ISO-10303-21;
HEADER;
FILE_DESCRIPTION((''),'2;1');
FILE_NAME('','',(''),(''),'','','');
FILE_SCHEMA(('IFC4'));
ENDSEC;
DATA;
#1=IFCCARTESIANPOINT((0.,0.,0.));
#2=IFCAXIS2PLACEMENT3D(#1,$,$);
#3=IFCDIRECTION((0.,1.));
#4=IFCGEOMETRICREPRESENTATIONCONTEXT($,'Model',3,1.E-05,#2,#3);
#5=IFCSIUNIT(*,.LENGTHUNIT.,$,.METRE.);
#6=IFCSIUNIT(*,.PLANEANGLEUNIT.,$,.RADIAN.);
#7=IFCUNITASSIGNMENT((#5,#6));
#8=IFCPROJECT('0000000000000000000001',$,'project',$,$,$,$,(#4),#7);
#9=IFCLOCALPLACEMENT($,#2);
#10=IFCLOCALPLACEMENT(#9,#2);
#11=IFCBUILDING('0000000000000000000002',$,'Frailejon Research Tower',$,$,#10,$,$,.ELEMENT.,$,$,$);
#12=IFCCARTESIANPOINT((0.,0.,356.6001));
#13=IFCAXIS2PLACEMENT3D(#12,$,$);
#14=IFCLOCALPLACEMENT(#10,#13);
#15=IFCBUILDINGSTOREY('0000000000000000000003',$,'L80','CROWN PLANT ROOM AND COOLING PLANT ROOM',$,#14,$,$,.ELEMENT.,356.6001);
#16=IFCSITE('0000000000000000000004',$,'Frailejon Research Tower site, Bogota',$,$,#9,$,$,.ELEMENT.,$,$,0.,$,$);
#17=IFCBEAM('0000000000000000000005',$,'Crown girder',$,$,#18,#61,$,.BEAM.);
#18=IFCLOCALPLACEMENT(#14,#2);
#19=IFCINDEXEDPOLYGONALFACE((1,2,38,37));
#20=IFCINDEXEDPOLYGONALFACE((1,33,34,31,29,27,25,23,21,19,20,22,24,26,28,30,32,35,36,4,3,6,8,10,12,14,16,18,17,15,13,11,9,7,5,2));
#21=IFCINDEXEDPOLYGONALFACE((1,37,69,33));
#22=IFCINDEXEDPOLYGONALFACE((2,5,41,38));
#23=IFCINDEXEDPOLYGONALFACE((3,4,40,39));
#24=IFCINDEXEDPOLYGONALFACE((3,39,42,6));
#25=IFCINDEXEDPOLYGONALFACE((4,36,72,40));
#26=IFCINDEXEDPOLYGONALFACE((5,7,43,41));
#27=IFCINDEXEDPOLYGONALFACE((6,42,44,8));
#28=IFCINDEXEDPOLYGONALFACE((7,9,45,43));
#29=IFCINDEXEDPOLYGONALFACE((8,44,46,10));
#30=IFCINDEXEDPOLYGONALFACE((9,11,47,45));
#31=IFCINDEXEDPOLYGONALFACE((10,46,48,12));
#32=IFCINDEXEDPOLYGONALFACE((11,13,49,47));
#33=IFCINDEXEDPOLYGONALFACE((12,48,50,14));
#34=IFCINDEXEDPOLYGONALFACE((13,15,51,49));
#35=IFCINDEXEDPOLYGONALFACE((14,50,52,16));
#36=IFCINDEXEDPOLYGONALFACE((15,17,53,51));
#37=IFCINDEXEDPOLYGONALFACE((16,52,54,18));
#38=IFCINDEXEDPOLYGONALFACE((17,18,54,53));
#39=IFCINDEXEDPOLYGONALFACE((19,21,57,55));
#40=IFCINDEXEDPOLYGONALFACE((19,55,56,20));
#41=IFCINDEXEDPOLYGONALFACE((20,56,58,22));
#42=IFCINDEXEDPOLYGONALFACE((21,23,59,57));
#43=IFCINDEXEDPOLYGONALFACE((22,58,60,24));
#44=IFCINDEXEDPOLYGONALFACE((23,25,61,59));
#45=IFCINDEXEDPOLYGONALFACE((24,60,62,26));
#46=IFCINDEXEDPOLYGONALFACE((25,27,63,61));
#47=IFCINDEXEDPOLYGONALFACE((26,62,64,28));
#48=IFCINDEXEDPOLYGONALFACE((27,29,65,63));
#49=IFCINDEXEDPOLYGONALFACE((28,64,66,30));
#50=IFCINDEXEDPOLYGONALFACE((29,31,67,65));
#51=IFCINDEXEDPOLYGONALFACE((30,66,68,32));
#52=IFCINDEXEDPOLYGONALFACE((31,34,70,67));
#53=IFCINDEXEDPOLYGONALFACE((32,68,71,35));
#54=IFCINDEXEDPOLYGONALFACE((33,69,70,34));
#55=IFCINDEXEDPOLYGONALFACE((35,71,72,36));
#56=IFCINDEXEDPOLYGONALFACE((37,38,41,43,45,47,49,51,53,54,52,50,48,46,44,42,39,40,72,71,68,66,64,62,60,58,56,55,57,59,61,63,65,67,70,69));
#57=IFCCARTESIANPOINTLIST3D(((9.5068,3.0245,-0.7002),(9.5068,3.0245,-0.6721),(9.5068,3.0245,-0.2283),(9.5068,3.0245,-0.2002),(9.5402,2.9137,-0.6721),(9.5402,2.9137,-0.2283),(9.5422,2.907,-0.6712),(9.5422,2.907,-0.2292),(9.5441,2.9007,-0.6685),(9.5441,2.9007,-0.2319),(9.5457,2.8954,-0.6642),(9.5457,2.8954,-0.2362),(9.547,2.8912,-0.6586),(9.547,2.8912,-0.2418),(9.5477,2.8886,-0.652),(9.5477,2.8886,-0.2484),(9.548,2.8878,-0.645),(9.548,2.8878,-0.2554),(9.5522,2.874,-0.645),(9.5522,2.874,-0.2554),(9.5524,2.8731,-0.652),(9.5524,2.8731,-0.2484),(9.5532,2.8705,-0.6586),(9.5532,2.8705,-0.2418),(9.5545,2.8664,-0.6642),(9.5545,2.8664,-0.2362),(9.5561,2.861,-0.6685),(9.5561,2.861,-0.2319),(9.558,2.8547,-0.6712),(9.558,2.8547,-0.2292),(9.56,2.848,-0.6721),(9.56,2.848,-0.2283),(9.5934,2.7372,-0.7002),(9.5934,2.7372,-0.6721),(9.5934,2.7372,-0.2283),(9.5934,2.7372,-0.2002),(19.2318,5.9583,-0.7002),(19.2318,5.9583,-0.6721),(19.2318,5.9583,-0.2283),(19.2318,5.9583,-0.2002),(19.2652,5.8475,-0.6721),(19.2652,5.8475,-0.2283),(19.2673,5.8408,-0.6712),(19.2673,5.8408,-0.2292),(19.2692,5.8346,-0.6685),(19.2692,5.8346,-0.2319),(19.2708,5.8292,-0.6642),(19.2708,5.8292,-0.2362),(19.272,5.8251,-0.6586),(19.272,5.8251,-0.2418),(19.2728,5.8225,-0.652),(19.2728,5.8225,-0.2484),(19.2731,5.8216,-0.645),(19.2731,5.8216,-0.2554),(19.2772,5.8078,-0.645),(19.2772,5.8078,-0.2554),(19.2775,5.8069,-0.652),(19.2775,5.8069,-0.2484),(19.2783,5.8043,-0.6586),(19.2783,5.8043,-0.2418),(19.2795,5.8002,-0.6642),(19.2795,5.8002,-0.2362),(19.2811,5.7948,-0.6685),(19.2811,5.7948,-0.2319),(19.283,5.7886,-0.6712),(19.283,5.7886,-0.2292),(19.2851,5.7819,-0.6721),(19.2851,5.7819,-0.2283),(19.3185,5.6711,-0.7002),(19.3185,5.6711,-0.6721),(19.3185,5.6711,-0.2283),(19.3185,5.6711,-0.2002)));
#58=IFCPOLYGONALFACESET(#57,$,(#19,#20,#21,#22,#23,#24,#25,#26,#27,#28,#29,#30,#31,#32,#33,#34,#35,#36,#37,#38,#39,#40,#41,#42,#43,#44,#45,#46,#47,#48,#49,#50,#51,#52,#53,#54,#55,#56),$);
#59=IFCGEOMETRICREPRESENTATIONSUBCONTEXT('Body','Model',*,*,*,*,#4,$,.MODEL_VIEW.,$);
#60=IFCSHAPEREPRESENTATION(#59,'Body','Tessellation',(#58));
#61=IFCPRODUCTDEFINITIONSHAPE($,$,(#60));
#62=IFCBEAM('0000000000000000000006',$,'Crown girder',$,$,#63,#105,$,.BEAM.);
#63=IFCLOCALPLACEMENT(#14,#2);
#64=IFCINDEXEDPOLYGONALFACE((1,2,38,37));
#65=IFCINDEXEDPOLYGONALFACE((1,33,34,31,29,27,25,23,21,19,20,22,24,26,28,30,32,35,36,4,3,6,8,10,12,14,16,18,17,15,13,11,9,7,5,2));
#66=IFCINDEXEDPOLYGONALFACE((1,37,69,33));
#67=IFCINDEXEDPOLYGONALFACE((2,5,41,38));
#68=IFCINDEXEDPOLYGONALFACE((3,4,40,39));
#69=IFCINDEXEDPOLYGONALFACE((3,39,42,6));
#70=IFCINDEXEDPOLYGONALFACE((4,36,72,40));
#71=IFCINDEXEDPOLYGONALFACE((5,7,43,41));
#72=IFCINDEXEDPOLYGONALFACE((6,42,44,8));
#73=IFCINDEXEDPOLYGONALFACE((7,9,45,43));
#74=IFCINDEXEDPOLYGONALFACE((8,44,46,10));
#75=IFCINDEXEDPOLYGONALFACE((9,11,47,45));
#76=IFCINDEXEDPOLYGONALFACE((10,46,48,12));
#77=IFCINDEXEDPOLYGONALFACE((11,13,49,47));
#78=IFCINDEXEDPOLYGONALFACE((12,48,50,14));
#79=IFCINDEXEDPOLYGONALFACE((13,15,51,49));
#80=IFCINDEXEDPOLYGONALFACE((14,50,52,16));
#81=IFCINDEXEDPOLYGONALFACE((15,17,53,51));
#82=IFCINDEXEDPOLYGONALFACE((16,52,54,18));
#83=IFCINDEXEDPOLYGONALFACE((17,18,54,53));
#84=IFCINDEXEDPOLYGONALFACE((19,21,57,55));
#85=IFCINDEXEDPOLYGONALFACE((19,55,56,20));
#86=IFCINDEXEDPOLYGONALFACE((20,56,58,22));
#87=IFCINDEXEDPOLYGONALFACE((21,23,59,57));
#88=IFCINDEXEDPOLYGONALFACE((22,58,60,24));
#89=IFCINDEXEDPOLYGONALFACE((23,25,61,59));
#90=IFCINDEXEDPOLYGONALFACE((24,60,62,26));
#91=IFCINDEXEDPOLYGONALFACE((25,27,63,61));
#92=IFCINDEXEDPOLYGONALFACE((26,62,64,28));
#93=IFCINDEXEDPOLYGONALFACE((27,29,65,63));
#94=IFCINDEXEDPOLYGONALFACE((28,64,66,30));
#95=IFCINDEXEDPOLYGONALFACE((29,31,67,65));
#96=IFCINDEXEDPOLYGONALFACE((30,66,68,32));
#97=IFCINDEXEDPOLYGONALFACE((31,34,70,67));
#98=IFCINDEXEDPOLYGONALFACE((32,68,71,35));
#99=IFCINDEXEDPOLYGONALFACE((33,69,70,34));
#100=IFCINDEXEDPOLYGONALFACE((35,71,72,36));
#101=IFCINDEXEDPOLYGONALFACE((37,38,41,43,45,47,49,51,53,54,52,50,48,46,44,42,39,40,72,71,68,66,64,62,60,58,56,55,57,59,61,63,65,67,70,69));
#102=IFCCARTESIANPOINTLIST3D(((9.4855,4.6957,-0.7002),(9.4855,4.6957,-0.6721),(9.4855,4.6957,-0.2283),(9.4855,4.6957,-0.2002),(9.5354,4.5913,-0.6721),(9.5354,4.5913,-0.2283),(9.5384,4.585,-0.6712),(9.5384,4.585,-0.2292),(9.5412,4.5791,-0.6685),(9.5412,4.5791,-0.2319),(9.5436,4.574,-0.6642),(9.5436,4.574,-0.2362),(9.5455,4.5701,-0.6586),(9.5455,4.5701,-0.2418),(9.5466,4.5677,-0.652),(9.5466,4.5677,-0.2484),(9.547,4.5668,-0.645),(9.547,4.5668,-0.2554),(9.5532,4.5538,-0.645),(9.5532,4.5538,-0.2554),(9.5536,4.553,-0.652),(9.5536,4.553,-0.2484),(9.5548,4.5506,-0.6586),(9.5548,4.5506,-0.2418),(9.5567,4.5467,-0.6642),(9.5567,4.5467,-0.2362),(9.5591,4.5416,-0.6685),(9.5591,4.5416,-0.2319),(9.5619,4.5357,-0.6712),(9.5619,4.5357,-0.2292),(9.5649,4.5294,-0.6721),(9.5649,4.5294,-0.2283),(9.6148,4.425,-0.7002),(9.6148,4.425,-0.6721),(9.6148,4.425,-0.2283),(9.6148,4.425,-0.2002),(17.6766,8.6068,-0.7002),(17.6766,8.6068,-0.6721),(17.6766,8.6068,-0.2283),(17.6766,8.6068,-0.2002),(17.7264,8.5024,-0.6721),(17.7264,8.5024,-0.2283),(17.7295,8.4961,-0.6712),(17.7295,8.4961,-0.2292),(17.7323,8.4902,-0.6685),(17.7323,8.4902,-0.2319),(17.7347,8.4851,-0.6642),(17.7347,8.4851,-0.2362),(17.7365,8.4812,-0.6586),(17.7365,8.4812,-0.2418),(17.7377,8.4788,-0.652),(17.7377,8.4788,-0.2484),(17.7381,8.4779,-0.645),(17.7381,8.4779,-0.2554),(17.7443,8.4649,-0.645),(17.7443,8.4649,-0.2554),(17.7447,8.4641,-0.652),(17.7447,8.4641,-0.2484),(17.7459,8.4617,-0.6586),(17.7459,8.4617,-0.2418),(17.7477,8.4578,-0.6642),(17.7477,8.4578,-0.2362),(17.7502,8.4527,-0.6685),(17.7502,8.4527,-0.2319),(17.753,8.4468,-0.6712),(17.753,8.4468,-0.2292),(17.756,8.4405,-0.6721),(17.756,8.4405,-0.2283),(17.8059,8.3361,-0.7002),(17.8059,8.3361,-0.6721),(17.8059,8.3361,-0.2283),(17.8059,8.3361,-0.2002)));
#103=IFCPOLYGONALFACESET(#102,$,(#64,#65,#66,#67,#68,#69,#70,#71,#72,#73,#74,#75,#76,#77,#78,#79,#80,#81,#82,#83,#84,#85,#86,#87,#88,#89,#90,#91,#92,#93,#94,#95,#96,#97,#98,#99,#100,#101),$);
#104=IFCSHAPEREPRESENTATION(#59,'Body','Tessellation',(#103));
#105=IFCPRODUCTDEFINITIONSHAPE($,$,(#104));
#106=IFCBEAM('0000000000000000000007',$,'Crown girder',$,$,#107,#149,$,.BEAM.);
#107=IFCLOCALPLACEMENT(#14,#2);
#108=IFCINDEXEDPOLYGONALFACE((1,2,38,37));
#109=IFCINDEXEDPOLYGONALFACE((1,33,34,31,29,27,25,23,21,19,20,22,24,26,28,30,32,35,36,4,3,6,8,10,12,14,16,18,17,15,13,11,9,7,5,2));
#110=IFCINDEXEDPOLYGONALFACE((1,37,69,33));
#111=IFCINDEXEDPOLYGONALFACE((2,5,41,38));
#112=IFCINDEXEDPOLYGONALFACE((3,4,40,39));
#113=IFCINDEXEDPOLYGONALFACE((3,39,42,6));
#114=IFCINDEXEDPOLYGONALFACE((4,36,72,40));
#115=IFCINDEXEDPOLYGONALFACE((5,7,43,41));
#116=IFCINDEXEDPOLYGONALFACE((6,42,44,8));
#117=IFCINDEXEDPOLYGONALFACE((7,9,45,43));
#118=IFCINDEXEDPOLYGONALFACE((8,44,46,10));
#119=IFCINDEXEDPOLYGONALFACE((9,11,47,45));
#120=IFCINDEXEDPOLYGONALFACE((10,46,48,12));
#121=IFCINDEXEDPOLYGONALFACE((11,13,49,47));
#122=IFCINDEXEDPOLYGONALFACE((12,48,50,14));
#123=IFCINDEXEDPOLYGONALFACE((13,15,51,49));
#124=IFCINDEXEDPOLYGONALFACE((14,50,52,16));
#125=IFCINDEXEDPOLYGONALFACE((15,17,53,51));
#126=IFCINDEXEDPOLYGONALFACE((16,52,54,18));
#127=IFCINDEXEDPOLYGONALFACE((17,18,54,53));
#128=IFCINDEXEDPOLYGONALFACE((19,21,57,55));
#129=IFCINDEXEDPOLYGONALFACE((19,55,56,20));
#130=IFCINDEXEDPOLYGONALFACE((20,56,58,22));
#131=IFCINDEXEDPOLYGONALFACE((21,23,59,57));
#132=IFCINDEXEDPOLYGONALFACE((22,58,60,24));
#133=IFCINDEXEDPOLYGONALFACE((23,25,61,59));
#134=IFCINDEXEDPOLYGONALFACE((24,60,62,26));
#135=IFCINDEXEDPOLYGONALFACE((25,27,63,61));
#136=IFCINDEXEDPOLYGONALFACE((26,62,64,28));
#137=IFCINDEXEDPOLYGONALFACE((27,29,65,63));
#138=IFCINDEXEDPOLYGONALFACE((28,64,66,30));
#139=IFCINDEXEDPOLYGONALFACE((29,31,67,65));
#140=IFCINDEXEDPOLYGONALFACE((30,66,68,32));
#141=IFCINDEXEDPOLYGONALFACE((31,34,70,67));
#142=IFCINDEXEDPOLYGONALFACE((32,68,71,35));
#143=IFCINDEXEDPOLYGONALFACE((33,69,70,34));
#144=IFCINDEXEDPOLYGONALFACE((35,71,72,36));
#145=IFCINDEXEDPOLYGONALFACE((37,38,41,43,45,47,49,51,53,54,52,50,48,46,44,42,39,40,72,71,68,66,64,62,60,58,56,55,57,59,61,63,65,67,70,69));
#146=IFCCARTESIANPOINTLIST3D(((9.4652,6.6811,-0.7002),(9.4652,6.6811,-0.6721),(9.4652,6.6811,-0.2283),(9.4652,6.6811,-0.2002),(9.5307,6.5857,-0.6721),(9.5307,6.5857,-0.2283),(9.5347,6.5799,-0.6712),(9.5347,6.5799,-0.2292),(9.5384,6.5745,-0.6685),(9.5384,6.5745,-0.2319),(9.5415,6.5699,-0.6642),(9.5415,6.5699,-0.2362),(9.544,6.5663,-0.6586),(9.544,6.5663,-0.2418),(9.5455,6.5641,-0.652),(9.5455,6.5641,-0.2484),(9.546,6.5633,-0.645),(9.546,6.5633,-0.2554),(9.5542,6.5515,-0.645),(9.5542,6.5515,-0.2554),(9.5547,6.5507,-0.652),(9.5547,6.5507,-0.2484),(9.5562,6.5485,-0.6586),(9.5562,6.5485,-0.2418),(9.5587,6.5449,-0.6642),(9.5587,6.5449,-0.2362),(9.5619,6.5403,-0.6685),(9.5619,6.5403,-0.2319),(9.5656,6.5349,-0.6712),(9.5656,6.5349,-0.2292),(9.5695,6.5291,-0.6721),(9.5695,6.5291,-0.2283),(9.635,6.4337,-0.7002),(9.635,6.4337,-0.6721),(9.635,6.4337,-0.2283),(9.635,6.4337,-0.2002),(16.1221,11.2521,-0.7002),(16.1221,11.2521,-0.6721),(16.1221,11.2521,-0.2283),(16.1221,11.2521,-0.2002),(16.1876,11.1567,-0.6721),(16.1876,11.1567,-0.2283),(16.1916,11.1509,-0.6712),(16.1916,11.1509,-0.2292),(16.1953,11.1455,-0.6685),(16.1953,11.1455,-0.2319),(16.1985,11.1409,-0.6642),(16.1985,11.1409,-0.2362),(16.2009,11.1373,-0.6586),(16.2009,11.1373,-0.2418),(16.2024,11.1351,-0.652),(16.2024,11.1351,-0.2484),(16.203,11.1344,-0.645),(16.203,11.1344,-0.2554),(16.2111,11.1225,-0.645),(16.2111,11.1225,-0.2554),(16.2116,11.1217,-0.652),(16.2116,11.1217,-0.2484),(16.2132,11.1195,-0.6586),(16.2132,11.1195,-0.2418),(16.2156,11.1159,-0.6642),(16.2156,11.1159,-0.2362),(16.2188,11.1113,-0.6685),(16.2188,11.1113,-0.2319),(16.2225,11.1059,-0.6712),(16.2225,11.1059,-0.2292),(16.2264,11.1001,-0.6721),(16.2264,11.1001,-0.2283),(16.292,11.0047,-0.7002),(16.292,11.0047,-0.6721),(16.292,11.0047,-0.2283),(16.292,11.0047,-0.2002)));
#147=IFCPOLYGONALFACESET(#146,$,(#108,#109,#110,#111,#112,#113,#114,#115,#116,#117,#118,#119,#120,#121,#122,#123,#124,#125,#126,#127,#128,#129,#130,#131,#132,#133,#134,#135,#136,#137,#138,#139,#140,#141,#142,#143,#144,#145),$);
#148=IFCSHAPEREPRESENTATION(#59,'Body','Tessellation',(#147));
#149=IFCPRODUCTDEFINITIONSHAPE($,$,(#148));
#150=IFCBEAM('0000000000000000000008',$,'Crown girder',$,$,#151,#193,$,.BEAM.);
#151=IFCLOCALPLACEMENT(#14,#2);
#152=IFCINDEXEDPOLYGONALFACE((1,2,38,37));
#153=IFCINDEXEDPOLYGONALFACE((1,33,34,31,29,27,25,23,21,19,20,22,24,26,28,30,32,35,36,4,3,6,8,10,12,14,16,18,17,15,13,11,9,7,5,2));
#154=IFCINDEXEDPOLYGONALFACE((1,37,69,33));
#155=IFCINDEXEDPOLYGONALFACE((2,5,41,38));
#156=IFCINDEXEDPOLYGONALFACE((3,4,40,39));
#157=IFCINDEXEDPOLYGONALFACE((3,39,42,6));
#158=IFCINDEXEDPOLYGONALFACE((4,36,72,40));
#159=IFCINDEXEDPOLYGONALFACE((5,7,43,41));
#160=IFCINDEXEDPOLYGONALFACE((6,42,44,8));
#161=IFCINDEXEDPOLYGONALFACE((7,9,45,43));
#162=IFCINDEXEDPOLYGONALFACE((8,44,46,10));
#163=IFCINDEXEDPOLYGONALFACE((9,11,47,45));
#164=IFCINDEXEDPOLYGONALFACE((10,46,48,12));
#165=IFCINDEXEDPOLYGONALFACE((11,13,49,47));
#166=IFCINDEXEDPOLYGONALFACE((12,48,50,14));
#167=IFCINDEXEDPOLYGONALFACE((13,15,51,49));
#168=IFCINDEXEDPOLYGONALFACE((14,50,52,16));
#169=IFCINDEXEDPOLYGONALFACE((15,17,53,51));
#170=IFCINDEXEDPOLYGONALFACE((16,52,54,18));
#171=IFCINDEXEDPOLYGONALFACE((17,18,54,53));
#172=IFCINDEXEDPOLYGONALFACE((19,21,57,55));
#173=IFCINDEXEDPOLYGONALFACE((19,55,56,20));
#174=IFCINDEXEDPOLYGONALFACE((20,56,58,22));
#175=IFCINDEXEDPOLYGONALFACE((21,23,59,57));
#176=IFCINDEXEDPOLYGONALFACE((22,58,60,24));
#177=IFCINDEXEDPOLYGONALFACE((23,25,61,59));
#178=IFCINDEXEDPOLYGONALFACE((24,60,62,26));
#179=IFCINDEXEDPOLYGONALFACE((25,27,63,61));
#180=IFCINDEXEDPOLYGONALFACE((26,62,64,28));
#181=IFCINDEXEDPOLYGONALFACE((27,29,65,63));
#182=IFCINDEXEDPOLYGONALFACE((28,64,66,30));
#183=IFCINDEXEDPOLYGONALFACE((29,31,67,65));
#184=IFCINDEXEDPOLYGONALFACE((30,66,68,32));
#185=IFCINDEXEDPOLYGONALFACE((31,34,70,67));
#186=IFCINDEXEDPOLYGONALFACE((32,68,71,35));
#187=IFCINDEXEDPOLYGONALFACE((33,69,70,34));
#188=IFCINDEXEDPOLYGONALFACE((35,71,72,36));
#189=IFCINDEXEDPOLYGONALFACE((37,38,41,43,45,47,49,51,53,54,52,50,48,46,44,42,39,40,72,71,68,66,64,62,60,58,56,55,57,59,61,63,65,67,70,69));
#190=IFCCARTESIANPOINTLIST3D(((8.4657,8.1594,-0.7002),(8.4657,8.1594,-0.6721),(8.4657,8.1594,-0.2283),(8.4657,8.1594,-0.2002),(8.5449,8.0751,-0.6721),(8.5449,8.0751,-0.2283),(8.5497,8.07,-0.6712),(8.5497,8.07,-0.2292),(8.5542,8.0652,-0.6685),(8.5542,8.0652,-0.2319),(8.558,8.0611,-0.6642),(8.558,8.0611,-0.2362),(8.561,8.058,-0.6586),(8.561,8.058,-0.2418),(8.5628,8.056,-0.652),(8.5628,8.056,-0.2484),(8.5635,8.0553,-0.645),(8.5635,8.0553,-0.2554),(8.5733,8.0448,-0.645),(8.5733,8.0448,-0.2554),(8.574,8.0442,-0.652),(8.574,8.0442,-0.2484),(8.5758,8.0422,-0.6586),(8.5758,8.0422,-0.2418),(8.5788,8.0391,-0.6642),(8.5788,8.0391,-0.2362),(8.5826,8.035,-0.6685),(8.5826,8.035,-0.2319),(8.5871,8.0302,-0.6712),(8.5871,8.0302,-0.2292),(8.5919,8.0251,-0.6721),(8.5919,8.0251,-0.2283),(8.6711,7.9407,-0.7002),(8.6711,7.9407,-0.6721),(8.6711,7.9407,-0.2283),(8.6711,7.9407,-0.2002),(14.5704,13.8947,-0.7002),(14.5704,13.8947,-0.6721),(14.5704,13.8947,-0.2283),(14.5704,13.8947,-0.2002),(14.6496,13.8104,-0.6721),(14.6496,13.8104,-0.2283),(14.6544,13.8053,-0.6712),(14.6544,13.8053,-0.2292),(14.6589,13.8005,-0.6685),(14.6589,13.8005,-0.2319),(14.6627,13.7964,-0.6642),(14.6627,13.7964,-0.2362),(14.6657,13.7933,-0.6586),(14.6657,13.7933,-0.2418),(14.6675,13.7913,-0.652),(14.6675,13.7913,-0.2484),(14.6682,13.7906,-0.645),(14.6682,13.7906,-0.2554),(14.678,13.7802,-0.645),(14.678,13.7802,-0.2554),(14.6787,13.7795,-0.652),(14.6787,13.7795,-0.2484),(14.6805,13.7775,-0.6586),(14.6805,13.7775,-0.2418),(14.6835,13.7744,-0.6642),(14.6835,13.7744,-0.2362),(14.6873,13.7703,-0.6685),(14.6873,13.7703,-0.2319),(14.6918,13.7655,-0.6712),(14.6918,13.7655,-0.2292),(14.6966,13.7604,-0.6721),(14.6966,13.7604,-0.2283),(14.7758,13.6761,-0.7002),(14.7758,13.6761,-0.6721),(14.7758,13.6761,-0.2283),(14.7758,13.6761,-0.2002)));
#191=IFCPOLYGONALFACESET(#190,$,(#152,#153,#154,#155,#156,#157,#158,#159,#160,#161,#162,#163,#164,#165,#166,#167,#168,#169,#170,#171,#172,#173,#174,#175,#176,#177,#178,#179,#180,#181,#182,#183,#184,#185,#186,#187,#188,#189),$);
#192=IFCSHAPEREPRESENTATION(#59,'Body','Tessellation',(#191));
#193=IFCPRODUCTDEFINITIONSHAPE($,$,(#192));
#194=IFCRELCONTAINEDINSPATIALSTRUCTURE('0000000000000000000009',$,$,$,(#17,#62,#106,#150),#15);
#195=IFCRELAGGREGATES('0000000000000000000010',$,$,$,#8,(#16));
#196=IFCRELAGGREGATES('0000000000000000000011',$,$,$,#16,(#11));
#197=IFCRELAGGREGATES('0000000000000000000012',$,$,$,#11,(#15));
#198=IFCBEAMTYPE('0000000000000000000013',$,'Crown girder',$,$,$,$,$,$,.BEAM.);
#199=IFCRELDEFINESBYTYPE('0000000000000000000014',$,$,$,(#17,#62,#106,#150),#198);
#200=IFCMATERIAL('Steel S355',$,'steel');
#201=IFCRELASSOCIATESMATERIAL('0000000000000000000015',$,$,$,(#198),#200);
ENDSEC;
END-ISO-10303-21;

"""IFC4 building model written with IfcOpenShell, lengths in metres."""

from ifc_helpers import new_model, si_unit, direction, frame, origin, origin_2d, place, context, subcontext, project, spatial, i_section, extrude, material, material_profile, profile_set, type_object, element, save


model = new_model("IFC4")

# Units and contexts
model_context = context("Model", 3, precision=1e-05, world=origin(), true_north=direction((0.0, 1.0)))
body_context = subcontext(model_context, "Body", "Model", "MODEL_VIEW")
ifc_project = project(units=[si_unit("LENGTHUNIT", "METRE"), si_unit("PLANEANGLEUNIT", "RADIAN")], contexts=[model_context])

# Site, building, storey
site_placement = place(None, origin())
site = spatial("IfcSite", under=ifc_project, at=site_placement, Name="Frailejon Research Tower site, Bogota", CompositionType="ELEMENT", RefElevation=0.0)
building_placement = place(site_placement, origin())
building = spatial("IfcBuilding", under=site, at=building_placement, Name="Frailejon Research Tower", CompositionType="ELEMENT")
storey_placement = place(building_placement, frame((0.0, 0.0, 356.6001)))
storey = spatial("IfcBuildingStorey", under=building, at=storey_placement, Name="L80", Description="CROWN PLANT ROOM AND COOLING PLANT ROOM", CompositionType="ELEMENT", Elevation=356.6001)

# Beams
ifc_material_1 = material(Name="Steel S355", Category="steel")
ifc_material_profile_1 = material_profile(ifc_material_1, i_section(OverallWidth=0.3, OverallDepth=0.5, WebThickness=0.0144, FlangeThickness=0.0281, FilletRadius=0.0271, at=origin_2d()), Name="HE 500 B")
ifc_profile_set_1 = profile_set([ifc_material_profile_1], Name="Steel S355")
beam_type_1 = type_object("IfcBeamType", Name="Crown girder", PredefinedType="BEAM", material=ifc_profile_set_1)
beam_1_placement = place(storey_placement, frame((19.2751, 5.8147, -0.4502), z_axis=(-0.957383, -0.28882, 0.0), x_axis=(0.28882, -0.957383, 0.0)))
element("IfcBeam", 1, at=beam_1_placement, inside=storey, type_object=beam_type_1, Name="Crown girder", PredefinedType="BEAM", context=body_context, shape_type="SweptSolid", body=[
    extrude(i_section(OverallWidth=0.3, OverallDepth=0.5, WebThickness=0.0144, FlangeThickness=0.0281, FilletRadius=0.0271, at=origin_2d()), origin(), (0.0, 0.0, 1.0), 10.158),
])
beam_2_placement = place(storey_placement, frame((17.7412, 8.4714, -0.4502), z_axis=(-0.902408, -0.430883, 0.0), x_axis=(0.430883, -0.902408, 0.0)))
element("IfcBeam", 2, at=beam_2_placement, inside=storey, type_object=beam_type_1, Name="Crown girder", PredefinedType="BEAM", context=body_context, shape_type="SweptSolid", body=[
    extrude(i_section(OverallWidth=0.3, OverallDepth=0.5, WebThickness=0.0144, FlangeThickness=0.0281, FilletRadius=0.0271, at=origin_2d()), origin(), (0.0, 0.0, 1.0), 9.0769),
])
beam_3_placement = place(storey_placement, frame((16.207, 11.1284, -0.4502), z_axis=(-0.824367, -0.566055, 0.0), x_axis=(0.566055, -0.824367, 0.0)))
element("IfcBeam", 3, at=beam_3_placement, inside=storey, type_object=beam_type_1, Name="Crown girder", PredefinedType="BEAM", context=body_context, shape_type="SweptSolid", body=[
    extrude(i_section(OverallWidth=0.3, OverallDepth=0.5, WebThickness=0.0144, FlangeThickness=0.0281, FilletRadius=0.0271, at=origin_2d()), origin(), (0.0, 0.0, 1.0), 8.0752),
])
beam_4_placement = place(storey_placement, frame((14.6731, 13.7854, -0.4502), z_axis=(-0.728812, -0.684713, 0.0), x_axis=(0.684713, -0.728812, 0.0)))
element("IfcBeam", 4, at=beam_4_placement, inside=storey, type_object=beam_type_1, Name="Crown girder", PredefinedType="BEAM", context=body_context, shape_type="SweptSolid", body=[
    extrude(i_section(OverallWidth=0.3, OverallDepth=0.5, WebThickness=0.0144, FlangeThickness=0.0281, FilletRadius=0.0271, at=origin_2d()), origin(), (0.0, 0.0, 1.0), 8.3762),
])

save(model, "model.ifc")
